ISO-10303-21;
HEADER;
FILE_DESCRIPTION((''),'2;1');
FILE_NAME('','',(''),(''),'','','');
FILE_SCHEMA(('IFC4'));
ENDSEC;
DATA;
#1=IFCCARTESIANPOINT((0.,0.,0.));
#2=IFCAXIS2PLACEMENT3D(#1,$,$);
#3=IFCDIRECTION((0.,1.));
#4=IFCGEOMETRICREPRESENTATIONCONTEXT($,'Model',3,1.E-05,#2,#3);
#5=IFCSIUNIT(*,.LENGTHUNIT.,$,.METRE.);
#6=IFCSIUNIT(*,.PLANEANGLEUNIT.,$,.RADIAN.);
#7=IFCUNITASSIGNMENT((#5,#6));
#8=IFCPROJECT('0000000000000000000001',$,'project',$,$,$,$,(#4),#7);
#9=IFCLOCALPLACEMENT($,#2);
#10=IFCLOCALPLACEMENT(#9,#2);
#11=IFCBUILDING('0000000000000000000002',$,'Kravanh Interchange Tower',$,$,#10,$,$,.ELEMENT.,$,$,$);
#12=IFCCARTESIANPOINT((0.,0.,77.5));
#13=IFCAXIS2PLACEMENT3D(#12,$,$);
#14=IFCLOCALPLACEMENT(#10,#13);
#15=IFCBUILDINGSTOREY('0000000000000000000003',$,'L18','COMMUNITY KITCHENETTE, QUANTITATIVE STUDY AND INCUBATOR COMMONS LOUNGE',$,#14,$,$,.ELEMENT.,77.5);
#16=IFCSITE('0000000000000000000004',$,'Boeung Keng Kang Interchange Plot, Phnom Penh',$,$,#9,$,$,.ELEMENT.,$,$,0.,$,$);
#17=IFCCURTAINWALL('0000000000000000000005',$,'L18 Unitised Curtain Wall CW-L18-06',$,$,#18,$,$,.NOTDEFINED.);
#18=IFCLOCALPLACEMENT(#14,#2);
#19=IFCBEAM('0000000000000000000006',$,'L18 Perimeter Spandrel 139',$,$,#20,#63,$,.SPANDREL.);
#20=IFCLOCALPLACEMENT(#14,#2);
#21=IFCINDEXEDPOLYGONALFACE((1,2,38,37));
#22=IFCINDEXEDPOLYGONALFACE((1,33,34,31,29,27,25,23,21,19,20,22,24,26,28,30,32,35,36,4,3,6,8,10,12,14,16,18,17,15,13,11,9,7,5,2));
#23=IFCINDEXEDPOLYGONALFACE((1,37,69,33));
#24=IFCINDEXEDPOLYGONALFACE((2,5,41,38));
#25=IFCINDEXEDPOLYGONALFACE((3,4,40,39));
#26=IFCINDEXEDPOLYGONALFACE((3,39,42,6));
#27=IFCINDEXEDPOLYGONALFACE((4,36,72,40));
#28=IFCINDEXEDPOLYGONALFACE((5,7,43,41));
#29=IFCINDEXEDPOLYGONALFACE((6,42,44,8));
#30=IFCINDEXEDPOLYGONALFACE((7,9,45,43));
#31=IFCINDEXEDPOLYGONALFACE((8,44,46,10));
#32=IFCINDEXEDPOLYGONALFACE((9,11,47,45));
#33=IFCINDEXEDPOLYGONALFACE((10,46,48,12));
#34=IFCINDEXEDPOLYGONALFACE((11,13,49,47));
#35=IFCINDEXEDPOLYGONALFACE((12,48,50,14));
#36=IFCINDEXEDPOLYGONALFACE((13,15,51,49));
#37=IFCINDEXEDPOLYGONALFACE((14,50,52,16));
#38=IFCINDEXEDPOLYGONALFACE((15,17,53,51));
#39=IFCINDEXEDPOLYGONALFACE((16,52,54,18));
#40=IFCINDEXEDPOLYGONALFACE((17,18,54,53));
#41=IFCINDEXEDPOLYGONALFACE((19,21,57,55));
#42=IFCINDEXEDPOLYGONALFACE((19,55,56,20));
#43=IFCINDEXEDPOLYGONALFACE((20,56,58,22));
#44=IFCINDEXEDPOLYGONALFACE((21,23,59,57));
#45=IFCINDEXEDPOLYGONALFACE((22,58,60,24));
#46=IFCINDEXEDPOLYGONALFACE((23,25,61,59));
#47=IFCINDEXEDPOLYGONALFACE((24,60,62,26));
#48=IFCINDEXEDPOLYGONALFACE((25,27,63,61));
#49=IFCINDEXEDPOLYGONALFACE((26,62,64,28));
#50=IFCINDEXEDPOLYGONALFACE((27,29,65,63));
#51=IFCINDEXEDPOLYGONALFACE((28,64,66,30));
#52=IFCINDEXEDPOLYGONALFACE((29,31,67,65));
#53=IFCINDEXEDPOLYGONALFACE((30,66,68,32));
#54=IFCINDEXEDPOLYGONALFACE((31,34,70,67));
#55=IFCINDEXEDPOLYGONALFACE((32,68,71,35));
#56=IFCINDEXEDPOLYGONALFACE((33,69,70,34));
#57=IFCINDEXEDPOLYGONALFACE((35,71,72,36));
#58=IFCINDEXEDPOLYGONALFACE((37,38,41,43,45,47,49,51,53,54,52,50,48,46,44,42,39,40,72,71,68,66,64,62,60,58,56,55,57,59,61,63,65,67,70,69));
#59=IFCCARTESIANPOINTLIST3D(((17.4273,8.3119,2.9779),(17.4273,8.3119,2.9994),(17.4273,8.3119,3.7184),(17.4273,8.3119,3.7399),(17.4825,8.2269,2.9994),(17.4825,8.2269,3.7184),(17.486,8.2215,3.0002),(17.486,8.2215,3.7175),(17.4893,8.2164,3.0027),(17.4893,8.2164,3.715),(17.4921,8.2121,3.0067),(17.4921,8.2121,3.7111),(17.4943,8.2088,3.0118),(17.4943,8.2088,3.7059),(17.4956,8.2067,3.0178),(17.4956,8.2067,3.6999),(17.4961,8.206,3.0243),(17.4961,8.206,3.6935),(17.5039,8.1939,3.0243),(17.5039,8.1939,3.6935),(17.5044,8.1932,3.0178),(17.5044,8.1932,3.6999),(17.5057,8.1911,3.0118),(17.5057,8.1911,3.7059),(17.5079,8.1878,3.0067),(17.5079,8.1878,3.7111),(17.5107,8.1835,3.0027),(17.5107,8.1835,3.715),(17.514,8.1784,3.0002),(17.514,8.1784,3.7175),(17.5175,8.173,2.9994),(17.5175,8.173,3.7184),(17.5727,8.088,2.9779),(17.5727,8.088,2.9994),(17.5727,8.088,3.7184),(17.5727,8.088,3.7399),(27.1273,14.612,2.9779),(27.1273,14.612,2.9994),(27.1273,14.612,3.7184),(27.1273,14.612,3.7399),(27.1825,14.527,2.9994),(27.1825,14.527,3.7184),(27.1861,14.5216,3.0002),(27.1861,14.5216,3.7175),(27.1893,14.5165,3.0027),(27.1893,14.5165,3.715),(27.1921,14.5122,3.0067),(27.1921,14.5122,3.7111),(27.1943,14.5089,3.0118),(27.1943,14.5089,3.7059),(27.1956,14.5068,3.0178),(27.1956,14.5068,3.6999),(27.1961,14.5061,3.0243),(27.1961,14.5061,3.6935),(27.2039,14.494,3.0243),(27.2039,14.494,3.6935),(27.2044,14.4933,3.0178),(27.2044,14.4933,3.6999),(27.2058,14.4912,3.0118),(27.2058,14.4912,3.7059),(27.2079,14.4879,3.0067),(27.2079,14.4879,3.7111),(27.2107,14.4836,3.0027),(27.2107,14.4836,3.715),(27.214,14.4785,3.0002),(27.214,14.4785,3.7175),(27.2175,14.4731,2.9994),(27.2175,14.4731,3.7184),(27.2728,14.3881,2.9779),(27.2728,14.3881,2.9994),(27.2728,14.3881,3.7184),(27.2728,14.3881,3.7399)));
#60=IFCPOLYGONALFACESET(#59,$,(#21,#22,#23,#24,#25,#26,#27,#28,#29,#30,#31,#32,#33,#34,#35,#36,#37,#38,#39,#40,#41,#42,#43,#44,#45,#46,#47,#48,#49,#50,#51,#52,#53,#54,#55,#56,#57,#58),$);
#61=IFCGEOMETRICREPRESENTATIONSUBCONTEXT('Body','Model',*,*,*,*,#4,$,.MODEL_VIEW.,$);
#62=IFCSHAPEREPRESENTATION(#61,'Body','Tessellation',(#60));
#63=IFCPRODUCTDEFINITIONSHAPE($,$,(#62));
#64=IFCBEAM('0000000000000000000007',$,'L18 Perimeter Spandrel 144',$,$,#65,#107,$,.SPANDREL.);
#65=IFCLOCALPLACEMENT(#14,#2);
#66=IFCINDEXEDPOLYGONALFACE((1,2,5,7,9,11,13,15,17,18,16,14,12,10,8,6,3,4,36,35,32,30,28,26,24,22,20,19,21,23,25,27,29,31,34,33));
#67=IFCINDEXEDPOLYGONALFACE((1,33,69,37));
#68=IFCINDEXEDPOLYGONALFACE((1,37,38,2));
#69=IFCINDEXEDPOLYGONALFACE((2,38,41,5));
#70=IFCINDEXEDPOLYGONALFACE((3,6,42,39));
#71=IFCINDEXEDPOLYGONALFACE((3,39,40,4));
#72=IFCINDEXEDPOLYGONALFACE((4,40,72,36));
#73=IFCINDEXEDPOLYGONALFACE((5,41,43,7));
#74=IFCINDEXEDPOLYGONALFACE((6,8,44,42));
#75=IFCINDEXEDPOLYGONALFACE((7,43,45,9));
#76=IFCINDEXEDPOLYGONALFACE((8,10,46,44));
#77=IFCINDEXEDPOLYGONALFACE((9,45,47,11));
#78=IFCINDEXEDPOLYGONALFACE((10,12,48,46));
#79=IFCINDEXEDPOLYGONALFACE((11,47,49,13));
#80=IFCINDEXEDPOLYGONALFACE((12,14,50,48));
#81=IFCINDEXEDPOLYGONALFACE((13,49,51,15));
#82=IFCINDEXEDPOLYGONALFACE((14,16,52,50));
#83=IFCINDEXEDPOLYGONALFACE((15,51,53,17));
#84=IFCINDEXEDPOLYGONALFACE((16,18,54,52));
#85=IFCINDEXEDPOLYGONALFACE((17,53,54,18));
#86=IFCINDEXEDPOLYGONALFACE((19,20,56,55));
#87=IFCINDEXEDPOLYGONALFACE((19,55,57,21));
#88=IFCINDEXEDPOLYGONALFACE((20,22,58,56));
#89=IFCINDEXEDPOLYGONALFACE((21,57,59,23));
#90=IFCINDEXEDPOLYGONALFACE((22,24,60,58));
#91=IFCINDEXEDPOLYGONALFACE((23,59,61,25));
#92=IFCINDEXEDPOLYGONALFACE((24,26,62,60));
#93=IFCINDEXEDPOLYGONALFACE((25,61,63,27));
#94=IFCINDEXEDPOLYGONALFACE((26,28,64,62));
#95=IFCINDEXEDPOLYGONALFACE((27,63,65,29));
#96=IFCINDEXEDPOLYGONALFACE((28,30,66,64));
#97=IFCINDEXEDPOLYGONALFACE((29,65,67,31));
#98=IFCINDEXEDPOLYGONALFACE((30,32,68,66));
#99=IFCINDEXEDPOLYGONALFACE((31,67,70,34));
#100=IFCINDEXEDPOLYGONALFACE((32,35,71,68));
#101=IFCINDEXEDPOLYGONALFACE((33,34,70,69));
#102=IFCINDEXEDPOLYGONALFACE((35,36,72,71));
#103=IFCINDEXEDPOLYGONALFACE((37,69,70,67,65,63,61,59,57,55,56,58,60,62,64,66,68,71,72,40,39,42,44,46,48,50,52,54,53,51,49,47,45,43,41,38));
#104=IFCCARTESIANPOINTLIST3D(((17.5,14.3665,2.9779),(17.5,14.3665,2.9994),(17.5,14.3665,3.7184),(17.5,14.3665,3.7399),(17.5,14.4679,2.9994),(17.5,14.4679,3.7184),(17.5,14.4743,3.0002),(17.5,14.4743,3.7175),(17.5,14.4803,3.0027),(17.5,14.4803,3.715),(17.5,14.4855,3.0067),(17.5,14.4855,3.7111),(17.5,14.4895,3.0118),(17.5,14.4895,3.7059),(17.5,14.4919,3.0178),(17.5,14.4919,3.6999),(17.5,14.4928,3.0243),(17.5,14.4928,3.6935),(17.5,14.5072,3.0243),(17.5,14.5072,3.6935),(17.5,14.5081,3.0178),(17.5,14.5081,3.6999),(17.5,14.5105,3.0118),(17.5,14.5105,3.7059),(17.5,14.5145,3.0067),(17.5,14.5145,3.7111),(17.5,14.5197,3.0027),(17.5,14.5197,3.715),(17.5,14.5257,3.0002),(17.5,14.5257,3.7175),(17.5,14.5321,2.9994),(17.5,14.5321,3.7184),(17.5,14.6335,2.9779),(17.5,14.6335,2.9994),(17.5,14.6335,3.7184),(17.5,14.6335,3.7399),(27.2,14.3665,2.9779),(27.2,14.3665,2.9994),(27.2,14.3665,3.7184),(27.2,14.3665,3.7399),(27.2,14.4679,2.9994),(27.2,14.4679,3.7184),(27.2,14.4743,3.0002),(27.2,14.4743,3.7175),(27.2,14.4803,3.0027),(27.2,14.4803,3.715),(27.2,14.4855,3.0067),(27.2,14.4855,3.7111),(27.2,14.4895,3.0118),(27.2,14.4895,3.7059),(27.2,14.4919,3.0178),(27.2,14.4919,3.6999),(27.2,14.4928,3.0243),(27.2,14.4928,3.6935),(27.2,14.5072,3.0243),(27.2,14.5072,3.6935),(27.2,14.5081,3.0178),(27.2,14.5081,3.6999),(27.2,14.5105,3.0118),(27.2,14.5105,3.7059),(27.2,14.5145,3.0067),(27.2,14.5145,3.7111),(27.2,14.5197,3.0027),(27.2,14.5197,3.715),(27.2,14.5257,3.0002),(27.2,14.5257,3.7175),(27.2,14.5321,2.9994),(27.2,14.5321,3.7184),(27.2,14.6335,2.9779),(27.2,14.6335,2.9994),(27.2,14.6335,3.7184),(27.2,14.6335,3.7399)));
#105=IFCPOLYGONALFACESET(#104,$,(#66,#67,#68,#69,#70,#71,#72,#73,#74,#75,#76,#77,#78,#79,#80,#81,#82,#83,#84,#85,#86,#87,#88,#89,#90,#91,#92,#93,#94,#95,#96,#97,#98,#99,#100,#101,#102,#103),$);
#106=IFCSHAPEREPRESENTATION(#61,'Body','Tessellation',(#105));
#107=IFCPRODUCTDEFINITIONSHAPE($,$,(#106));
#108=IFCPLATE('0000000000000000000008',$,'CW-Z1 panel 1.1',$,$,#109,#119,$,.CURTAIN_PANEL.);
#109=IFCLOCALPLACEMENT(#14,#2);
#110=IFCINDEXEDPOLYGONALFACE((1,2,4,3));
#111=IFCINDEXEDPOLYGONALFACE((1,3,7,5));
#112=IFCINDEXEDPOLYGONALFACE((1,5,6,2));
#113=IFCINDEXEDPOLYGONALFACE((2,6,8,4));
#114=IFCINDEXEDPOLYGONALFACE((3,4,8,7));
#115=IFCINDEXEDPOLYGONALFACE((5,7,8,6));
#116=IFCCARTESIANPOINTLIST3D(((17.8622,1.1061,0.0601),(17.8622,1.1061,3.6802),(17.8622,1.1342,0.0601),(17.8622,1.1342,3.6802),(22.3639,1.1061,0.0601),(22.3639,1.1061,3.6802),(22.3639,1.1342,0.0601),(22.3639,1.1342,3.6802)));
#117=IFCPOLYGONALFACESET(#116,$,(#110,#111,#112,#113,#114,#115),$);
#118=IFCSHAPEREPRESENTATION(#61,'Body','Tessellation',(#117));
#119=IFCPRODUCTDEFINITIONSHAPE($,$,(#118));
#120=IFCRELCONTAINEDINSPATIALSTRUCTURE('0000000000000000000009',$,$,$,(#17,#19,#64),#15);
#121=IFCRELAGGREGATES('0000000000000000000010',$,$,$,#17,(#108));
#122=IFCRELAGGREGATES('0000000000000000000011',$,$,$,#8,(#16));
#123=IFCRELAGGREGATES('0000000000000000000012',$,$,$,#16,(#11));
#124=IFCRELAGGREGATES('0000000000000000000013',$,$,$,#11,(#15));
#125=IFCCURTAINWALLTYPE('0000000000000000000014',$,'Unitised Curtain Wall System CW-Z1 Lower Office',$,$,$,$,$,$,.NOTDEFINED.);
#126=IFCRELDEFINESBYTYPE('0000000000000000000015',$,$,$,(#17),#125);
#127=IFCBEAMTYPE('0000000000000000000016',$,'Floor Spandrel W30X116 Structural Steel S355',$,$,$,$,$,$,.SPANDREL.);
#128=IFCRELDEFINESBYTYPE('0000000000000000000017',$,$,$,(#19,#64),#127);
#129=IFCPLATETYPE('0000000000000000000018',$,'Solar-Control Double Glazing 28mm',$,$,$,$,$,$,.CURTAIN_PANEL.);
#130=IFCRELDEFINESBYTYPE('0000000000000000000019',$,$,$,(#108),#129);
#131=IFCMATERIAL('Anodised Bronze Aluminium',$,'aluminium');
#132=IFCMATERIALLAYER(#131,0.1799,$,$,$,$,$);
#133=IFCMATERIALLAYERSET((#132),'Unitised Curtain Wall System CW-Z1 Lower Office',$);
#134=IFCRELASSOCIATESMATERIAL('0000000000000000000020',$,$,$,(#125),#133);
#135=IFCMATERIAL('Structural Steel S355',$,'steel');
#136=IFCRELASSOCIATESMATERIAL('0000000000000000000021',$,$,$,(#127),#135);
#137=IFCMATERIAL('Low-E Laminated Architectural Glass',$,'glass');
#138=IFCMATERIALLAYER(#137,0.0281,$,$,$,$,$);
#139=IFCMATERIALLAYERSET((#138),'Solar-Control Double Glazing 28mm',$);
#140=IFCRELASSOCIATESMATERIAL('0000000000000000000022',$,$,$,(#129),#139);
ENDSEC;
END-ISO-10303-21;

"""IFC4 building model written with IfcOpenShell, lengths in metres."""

from ifc_helpers import new_model, si_unit, direction, frame, origin, origin_2d, place, context, subcontext, project, spatial, rectangle, i_section, extrude, material, layer, layer_set, material_profile, profile_set, type_object, element, aggregate, save


model = new_model("IFC4")

# Units and contexts
model_context = context("Model", 3, precision=1e-05, world=origin(), true_north=direction((0.0, 1.0)))
body_context = subcontext(model_context, "Body", "Model", "MODEL_VIEW")
ifc_project = project(units=[si_unit("LENGTHUNIT", "METRE"), si_unit("PLANEANGLEUNIT", "RADIAN")], contexts=[model_context])

# Site, building, storey
site_placement = place(None, origin())
site = spatial("IfcSite", under=ifc_project, at=site_placement, Name="Boeung Keng Kang Interchange Plot, Phnom Penh", CompositionType="ELEMENT", RefElevation=0.0)
building_placement = place(site_placement, origin())
building = spatial("IfcBuilding", under=site, at=building_placement, Name="Kravanh Interchange Tower", CompositionType="ELEMENT")
storey_placement = place(building_placement, frame((0.0, 0.0, 77.5)))
storey = spatial("IfcBuildingStorey", under=building, at=storey_placement, Name="L18", Description="COMMUNITY KITCHENETTE, QUANTITATIVE STUDY AND INCUBATOR COMMONS LOUNGE", CompositionType="ELEMENT", Elevation=77.5)

# Curtain wall
ifc_material_1 = material(Name="Anodised Bronze Aluminium", Category="aluminium")
ifc_layer_1 = layer(ifc_material_1, 0.1799)
ifc_layer_set_1 = layer_set([ifc_layer_1], Name="Unitised Curtain Wall System CW-Z1 Lower Office")
curtain_wall_type = type_object("IfcCurtainWallType", Name="Unitised Curtain Wall System CW-Z1 Lower Office", PredefinedType="NOTDEFINED", material=ifc_layer_set_1)
curtain_wall_placement = place(storey_placement, origin())
curtain_wall = element("IfcCurtainWall", 1, at=curtain_wall_placement, inside=storey, type_object=curtain_wall_type, Name="L18 Unitised Curtain Wall CW-L18-06", PredefinedType="NOTDEFINED")

# Beams
ifc_material_2 = material(Name="Structural Steel S355", Category="steel")
ifc_material_profile_1 = material_profile(ifc_material_2, i_section(OverallWidth=0.2671, OverallDepth=0.762, WebThickness=0.0144, FlangeThickness=0.0215, FilletRadius=0.0249, at=origin_2d()), Name="W30X116")
ifc_profile_set_1 = profile_set([ifc_material_profile_1], Name="Structural Steel S355")
beam_type_1 = type_object("IfcBeamType", Name="Floor Spandrel W30X116 Structural Steel S355", PredefinedType="SPANDREL", material=ifc_profile_set_1)
beam_1_placement = place(storey_placement, frame((17.5, 8.2, 3.3589), z_axis=(0.838638, 0.544689, 0.0), x_axis=(-0.544689, 0.838638, 0.0)))
element("IfcBeam", 2, at=beam_1_placement, inside=storey, type_object=beam_type_1, Name="L18 Perimeter Spandrel 139", PredefinedType="SPANDREL", context=body_context, shape_type="SweptSolid", body=[
    extrude(i_section(OverallWidth=0.2671, OverallDepth=0.762, WebThickness=0.0144, FlangeThickness=0.0215, FilletRadius=0.0249, at=origin_2d()), origin(), (0.0, 0.0, 1.0), 11.5664),
])
beam_2_placement = place(storey_placement, frame((17.5, 14.5, 3.3589), z_axis=(1.0, 0.0, 0.0), x_axis=(0.0, 1.0, 0.0)))
element("IfcBeam", 3, at=beam_2_placement, inside=storey, type_object=beam_type_1, Name="L18 Perimeter Spandrel 144", PredefinedType="SPANDREL", context=body_context, shape_type="SweptSolid", body=[
    extrude(i_section(OverallWidth=0.2671, OverallDepth=0.762, WebThickness=0.0144, FlangeThickness=0.0215, FilletRadius=0.0249, at=origin_2d()), origin(), (0.0, 0.0, 1.0), 9.7),
])

# Plate
ifc_material_3 = material(Name="Low-E Laminated Architectural Glass", Category="glass")
ifc_layer_2 = layer(ifc_material_3, 0.0281)
ifc_layer_set_2 = layer_set([ifc_layer_2], Name="Solar-Control Double Glazing 28mm")
plate_type = type_object("IfcPlateType", Name="Solar-Control Double Glazing 28mm", PredefinedType="CURTAIN_PANEL", material=ifc_layer_set_2)
plate_placement = place(storey_placement, frame((20.113, 1.1201, 0.0601), z_axis=(0.0, 0.0, 1.0), x_axis=(-1.0, 0.0, 0.0)))
plate = element("IfcPlate", 4, at=plate_placement, type_object=plate_type, Name="CW-Z1 panel 1.1", PredefinedType="CURTAIN_PANEL", context=body_context, shape_type="SweptSolid", body=[
    extrude(rectangle(XDim=4.5017, YDim=0.0281, at=origin_2d()), origin(), (0.0, 0.0, 1.0), 3.6201),
])
aggregate(curtain_wall, [plate])

save(model, "model.ifc")
